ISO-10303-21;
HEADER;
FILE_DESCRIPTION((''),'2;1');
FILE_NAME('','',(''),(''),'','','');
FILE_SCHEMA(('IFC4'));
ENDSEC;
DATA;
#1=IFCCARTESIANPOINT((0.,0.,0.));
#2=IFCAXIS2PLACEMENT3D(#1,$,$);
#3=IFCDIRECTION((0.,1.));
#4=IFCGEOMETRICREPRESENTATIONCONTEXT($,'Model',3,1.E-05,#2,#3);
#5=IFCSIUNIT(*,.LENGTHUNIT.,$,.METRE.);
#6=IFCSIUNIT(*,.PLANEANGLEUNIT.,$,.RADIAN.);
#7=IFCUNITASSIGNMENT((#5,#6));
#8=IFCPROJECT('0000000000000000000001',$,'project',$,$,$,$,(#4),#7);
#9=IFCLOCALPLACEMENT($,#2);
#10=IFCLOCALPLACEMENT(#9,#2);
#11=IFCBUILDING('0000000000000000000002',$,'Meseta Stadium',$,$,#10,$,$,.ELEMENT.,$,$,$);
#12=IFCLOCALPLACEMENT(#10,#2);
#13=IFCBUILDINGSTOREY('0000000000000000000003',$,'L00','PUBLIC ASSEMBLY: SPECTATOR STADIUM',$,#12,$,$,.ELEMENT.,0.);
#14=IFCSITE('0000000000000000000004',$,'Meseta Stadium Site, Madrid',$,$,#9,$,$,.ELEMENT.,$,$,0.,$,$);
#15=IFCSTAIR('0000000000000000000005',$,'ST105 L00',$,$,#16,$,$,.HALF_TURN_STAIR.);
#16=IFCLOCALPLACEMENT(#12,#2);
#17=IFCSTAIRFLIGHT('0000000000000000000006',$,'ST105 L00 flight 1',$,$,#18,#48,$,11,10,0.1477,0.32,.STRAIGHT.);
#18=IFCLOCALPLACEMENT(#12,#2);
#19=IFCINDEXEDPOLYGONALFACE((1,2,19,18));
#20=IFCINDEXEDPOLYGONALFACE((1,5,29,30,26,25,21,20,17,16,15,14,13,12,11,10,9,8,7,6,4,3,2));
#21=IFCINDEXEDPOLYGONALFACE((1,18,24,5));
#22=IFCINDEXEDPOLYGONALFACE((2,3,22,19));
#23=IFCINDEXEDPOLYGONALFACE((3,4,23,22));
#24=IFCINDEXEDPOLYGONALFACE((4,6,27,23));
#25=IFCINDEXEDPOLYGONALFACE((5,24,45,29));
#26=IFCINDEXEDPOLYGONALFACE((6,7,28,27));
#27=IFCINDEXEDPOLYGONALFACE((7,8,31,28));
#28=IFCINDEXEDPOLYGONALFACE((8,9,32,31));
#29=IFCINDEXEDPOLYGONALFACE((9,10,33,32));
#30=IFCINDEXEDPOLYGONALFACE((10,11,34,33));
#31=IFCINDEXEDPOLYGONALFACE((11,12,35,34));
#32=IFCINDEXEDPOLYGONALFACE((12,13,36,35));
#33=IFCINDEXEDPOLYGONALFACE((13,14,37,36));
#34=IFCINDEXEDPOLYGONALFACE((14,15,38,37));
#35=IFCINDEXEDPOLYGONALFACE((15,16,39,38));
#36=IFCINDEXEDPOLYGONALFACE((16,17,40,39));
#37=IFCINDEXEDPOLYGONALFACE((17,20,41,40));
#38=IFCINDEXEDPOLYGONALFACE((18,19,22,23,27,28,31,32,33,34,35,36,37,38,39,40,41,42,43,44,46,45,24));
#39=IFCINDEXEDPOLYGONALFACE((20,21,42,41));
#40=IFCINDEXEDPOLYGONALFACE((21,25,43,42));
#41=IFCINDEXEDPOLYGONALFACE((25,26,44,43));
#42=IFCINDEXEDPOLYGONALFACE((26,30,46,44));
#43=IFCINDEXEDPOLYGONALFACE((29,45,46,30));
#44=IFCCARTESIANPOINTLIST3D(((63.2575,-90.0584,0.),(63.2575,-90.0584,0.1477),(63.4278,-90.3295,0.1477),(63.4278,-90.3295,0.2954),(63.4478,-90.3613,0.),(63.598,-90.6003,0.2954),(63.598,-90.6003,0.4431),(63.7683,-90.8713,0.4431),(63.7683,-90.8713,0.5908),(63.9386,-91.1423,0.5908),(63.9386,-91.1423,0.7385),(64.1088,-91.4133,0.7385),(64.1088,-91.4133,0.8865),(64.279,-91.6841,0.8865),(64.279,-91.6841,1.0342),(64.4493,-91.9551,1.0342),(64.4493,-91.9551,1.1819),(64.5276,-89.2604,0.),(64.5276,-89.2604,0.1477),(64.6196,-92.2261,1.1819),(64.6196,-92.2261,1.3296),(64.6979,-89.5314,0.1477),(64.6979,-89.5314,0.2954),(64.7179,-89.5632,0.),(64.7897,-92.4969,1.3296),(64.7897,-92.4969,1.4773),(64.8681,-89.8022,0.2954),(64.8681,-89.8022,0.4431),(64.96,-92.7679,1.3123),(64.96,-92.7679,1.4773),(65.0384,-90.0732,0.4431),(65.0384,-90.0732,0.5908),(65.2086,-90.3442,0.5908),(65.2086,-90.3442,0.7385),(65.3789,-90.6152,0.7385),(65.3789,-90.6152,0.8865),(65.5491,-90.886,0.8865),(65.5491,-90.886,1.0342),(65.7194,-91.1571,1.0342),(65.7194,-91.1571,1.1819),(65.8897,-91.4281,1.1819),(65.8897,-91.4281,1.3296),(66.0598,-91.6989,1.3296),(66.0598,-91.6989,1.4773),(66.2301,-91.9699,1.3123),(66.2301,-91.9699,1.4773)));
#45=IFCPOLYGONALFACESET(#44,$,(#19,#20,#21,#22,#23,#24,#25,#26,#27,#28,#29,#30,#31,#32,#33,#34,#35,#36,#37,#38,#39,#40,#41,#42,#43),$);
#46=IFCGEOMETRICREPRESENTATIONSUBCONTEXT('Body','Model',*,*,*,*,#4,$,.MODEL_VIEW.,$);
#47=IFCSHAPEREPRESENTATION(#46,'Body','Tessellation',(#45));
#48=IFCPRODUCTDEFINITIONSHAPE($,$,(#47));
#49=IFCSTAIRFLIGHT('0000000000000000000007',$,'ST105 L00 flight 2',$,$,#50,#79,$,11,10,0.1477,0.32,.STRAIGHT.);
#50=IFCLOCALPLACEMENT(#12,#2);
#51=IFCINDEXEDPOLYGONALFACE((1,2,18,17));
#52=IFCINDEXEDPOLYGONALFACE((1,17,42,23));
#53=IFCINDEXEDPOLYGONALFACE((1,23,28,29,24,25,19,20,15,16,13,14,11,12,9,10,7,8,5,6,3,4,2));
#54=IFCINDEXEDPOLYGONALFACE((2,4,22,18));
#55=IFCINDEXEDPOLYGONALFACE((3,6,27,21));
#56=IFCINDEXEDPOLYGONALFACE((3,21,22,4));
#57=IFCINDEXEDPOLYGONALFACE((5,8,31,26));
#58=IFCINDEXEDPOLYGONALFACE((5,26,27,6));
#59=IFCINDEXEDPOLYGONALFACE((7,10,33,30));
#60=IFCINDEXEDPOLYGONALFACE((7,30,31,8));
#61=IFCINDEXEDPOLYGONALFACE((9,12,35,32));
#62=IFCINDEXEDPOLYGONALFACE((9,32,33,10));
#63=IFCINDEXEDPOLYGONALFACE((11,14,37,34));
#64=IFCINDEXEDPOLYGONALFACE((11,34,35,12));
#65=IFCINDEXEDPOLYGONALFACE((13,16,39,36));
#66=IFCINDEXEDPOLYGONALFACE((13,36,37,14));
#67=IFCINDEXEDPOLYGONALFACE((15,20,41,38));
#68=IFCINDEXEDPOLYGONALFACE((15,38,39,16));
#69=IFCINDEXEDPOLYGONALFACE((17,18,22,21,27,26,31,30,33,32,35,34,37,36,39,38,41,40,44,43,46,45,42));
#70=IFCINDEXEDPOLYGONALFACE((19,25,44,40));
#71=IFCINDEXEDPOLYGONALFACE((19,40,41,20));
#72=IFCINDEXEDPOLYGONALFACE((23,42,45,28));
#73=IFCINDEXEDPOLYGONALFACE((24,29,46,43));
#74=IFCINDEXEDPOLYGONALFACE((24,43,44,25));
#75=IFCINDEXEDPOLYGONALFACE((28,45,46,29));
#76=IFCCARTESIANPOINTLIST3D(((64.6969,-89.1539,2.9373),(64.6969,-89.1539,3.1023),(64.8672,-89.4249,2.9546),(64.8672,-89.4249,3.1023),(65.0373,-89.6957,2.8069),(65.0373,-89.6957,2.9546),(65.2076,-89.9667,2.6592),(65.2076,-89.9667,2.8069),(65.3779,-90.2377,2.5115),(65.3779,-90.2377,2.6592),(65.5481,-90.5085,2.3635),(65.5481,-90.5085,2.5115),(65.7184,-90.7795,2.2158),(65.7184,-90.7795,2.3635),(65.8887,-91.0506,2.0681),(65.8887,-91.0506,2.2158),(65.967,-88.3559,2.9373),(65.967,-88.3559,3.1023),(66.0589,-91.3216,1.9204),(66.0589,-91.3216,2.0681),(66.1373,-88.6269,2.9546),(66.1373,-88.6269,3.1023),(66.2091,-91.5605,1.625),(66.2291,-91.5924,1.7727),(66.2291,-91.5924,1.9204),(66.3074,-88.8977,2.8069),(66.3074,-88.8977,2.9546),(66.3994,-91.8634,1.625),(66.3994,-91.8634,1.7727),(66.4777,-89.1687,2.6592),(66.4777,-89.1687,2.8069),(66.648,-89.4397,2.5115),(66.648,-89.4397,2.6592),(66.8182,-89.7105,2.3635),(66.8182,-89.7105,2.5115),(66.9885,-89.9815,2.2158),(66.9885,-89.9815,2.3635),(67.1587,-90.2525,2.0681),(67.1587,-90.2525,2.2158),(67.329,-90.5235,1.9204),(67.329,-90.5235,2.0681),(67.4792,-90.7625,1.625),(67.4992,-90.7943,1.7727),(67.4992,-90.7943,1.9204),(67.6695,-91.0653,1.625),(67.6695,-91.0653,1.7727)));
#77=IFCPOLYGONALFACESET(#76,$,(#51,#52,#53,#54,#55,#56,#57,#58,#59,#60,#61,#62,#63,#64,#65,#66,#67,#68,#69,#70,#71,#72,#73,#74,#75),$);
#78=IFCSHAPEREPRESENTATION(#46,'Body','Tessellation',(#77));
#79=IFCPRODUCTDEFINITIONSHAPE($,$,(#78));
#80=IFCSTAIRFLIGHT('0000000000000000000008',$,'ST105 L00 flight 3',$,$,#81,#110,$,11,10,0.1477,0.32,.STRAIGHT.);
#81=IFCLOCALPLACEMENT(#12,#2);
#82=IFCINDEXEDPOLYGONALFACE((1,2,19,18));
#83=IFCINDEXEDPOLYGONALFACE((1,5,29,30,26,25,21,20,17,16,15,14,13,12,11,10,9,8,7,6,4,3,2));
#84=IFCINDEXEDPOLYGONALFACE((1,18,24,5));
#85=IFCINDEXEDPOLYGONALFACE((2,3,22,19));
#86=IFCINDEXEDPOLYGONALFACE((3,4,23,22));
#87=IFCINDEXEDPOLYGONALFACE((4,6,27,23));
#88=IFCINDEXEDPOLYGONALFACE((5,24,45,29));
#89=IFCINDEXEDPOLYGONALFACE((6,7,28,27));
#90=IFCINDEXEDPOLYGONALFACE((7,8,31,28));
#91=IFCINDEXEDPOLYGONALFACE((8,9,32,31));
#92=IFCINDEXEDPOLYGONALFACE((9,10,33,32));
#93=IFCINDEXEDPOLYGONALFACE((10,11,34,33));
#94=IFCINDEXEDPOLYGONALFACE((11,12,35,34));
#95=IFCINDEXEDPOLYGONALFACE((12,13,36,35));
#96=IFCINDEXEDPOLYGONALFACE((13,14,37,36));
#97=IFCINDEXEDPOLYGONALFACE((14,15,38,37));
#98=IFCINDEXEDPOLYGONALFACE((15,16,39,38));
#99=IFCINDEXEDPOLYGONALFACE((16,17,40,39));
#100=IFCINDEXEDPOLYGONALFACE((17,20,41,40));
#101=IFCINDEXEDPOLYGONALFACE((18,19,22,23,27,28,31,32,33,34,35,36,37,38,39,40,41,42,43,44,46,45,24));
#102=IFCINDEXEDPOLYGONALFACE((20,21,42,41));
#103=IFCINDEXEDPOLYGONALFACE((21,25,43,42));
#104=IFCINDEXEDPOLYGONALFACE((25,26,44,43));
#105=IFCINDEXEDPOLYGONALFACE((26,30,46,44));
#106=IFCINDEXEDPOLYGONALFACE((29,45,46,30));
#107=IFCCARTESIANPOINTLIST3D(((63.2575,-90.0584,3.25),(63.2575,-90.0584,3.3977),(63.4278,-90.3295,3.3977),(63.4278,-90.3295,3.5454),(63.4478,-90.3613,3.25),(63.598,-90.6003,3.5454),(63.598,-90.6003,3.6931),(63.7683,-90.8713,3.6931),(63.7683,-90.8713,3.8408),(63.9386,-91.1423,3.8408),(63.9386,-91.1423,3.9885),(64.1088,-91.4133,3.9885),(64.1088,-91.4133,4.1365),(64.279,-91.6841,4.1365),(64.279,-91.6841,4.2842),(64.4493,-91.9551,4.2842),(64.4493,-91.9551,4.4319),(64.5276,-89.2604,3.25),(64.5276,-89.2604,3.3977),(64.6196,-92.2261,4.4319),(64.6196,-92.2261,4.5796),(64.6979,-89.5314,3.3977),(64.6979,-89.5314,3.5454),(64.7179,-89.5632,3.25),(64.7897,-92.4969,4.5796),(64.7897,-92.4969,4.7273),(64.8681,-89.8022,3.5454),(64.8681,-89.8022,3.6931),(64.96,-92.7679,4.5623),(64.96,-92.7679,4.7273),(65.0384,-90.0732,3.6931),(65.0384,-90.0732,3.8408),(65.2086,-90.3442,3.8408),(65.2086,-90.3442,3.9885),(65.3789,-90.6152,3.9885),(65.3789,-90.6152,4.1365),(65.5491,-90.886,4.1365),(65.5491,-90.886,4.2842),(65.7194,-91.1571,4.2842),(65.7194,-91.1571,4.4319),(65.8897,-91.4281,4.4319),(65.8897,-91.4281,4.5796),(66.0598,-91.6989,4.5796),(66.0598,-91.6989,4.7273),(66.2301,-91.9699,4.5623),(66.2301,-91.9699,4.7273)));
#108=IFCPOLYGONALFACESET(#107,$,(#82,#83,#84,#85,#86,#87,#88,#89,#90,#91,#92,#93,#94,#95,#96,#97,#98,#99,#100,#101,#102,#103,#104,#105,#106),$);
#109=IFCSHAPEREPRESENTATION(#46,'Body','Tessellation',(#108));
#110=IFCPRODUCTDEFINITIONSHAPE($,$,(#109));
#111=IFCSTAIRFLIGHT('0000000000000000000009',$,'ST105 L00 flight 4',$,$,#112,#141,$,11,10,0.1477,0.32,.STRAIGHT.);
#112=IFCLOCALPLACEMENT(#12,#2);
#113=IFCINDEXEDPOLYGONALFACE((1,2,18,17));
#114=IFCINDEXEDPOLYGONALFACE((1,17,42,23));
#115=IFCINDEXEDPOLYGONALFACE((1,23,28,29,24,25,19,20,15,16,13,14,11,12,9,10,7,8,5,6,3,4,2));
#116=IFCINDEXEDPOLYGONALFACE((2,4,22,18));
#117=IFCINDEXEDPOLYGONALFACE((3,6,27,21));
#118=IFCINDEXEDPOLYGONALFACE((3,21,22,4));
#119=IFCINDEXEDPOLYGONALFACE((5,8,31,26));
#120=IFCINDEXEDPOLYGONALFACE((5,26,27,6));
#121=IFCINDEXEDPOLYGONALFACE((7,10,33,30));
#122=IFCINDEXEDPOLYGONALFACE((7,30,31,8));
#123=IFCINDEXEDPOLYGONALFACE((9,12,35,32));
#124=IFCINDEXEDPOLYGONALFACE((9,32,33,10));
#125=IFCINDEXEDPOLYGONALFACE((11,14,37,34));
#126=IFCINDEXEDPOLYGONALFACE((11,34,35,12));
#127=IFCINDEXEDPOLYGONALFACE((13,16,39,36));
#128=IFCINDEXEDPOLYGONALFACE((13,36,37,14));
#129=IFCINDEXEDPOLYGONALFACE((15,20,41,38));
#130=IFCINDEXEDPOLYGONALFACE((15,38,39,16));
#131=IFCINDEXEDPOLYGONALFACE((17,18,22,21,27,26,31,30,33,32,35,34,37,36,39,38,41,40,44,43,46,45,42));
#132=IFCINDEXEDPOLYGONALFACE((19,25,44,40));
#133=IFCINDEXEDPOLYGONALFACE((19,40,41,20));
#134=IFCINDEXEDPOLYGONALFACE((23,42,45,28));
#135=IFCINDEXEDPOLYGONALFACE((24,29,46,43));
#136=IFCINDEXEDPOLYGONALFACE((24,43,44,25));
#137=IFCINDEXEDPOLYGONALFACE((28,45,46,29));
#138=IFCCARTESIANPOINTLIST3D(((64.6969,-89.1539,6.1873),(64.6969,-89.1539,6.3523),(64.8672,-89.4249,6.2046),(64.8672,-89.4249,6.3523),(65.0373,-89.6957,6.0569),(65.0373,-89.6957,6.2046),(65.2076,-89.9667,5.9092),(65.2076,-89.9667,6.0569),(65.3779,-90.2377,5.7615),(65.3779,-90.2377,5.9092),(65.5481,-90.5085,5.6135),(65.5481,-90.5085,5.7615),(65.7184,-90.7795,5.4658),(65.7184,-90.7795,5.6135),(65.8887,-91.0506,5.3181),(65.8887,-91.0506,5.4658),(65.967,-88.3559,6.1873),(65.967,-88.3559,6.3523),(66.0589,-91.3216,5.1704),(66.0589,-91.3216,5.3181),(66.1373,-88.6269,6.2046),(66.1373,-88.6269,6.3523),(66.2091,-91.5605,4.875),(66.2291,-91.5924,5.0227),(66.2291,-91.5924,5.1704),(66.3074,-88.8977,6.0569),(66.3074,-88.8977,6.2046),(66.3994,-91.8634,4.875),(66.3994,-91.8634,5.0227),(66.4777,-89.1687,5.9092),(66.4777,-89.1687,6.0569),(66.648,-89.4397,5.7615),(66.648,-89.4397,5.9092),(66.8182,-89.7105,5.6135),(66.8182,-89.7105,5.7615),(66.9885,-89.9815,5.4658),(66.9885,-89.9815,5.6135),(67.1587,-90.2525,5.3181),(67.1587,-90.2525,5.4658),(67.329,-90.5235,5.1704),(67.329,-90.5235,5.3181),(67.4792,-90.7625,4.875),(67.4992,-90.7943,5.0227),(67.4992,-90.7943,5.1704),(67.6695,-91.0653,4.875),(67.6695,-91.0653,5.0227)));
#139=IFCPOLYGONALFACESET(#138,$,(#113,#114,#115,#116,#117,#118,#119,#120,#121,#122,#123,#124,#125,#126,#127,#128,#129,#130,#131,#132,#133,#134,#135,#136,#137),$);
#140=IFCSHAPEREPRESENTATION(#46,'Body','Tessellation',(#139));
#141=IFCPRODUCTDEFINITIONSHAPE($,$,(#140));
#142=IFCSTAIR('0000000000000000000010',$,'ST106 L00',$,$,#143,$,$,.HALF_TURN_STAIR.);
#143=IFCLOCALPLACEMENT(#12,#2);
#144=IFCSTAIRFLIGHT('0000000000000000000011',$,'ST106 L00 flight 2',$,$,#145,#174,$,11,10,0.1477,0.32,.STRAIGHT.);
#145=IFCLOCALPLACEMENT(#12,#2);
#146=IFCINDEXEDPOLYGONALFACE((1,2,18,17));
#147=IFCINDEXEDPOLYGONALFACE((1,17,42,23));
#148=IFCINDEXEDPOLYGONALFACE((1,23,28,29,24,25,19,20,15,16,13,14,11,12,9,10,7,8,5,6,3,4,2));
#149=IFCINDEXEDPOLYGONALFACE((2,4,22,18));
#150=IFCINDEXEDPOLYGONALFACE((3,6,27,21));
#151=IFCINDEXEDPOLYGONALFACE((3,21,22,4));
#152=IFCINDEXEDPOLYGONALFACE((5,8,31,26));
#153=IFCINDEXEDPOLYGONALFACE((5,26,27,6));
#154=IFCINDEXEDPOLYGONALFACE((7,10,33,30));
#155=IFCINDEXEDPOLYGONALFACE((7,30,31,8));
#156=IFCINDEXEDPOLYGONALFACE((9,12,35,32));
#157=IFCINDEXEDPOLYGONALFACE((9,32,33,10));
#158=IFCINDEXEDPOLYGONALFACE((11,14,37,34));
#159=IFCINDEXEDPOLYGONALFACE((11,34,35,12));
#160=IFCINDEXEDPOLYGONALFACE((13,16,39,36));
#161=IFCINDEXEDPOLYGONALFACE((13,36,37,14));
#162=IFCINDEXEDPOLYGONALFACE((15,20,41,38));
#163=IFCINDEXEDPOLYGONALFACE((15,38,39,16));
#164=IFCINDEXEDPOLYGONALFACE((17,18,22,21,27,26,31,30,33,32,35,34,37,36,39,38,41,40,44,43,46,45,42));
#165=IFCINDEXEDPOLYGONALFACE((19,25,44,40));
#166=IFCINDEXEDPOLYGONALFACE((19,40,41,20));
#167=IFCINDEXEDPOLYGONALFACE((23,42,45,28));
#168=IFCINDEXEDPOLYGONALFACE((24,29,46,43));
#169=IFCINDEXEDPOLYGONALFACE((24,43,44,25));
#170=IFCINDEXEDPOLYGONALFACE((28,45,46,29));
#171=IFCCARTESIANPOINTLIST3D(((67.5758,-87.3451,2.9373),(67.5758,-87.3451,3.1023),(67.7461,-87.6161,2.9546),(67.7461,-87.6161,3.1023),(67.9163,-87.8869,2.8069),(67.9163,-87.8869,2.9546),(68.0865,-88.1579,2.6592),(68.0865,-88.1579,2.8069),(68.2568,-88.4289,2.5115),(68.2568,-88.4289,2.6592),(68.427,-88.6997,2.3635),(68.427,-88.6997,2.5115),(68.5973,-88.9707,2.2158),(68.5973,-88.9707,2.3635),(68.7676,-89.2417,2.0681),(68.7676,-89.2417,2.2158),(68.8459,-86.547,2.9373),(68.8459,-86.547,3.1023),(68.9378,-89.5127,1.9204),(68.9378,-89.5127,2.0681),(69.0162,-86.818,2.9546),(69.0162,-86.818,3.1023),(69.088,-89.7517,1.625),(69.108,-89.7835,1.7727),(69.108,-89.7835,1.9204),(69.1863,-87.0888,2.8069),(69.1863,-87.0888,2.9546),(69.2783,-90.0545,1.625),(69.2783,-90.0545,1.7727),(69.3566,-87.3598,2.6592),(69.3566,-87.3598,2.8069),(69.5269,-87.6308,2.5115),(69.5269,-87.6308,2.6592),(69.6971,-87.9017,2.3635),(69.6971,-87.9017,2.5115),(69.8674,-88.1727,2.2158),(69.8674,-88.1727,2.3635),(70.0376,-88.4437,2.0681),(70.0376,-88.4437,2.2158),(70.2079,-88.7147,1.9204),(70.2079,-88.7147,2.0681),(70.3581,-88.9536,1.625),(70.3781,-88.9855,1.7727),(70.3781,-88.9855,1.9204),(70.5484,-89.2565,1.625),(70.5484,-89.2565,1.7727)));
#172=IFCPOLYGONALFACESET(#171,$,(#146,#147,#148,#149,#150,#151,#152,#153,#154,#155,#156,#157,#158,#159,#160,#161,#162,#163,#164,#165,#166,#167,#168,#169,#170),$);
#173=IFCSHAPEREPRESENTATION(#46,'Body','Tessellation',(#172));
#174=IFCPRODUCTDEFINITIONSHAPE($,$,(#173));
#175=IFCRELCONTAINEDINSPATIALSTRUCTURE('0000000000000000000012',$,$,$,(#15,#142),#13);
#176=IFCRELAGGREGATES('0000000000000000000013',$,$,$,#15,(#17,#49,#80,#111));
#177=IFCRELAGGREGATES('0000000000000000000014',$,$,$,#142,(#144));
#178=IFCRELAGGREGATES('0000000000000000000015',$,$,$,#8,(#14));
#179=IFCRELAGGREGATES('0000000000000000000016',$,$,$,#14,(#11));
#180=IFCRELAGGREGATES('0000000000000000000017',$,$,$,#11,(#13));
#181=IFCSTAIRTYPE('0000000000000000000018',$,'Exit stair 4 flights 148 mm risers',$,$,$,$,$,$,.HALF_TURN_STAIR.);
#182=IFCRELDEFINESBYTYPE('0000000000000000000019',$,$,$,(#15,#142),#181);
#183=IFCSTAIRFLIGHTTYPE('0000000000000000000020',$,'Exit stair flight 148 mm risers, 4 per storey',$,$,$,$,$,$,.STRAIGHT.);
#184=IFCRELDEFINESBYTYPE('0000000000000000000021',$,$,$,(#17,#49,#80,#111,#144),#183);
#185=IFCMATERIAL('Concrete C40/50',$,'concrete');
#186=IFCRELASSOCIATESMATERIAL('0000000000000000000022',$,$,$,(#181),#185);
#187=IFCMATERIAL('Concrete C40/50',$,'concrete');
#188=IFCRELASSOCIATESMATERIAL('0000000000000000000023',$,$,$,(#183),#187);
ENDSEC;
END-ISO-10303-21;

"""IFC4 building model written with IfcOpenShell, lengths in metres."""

from ifc_helpers import new_model, si_unit, direction, frame, origin, place, context, subcontext, project, spatial, polyline, outline, extrude, material, type_object, element, aggregate, save


model = new_model("IFC4")

# Units and contexts
model_context = context("Model", 3, precision=1e-05, world=origin(), true_north=direction((0.0, 1.0)))
body_context = subcontext(model_context, "Body", "Model", "MODEL_VIEW")
ifc_project = project(units=[si_unit("LENGTHUNIT", "METRE"), si_unit("PLANEANGLEUNIT", "RADIAN")], contexts=[model_context])

# Site, building, storey
site_placement = place(None, origin())
site = spatial("IfcSite", under=ifc_project, at=site_placement, Name="Meseta Stadium Site, Madrid", CompositionType="ELEMENT", RefElevation=0.0)
building_placement = place(site_placement, origin())
building = spatial("IfcBuilding", under=site, at=building_placement, Name="Meseta Stadium", CompositionType="ELEMENT")
storey_placement = place(building_placement, origin())
storey = spatial("IfcBuildingStorey", under=building, at=storey_placement, Name="L00", Description="PUBLIC ASSEMBLY: SPECTATOR STADIUM", CompositionType="ELEMENT", Elevation=0.0)

# Stairs, stair flights
ifc_material_1 = material(Name="Concrete C40/50", Category="concrete")
stair_type = type_object("IfcStairType", Name="Exit stair 4 flights 148 mm risers", PredefinedType="HALF_TURN_STAIR", material=ifc_material_1)
stair_1_placement = place(storey_placement, origin())
stair_1 = element("IfcStair", 1, at=stair_1_placement, inside=storey, type_object=stair_type, Name="ST105 L00", PredefinedType="HALF_TURN_STAIR")
ifc_material_2 = material(Name="Concrete C40/50", Category="concrete")
stair_flight_type = type_object("IfcStairFlightType", Name="Exit stair flight 148 mm risers, 4 per storey", PredefinedType="STRAIGHT", material=ifc_material_2)
stair_flight_1_placement = place(storey_placement, frame((63.8926, -89.6594, 0.0), z_axis=(0.0, 0.0, 1.0), x_axis=(0.532032, -0.846724, 0.0)))
stair_flight_1 = element("IfcStairFlight", 2, at=stair_flight_1_placement, type_object=stair_flight_type, Name="ST105 L00 flight 1", NumberOfRisers=11, NumberOfTreads=10, PredefinedType="STRAIGHT", RiserHeight=0.1477, TreadLength=0.32, context=body_context, shape_type="SweptSolid", body=[
    extrude(outline(polyline([(0.0, 0.0), (0.0, 0.1477), (0.3201, 0.1477), (0.3201, 0.2954), (0.6399, 0.2954), (0.6399, 0.4431), (0.96, 0.4431), (0.96, 0.5908), (1.28, 0.5908), (1.28, 0.7385), (1.6001, 0.7385), (1.6001, 0.8865), (1.9199, 0.8865), (1.9199, 1.0342), (2.24, 1.0342), (2.24, 1.1819), (2.5601, 1.1819), (2.5601, 1.3296), (2.8799, 1.3296), (2.8799, 1.4773), (3.2, 1.4773), (3.2, 1.3123), (0.3577, 0.0), (0.0, 0.0)])), frame((0.0, 0.75, 0.0), z_axis=(0.0, -1.0, 0.0), x_axis=(1.0, 0.0, 0.0)), (0.0, 0.0, 1.0), 1.5),
])
stair_flight_2_placement = place(storey_placement, frame((67.0344, -91.4644, 1.625), z_axis=(0.0, 0.0, 1.0), x_axis=(-0.532032, 0.846724, 0.0)))
stair_flight_2 = element("IfcStairFlight", 3, at=stair_flight_2_placement, type_object=stair_flight_type, Name="ST105 L00 flight 2", NumberOfRisers=11, NumberOfTreads=10, PredefinedType="STRAIGHT", RiserHeight=0.1477, TreadLength=0.32, context=body_context, shape_type="SweptSolid", body=[
    extrude(outline(polyline([(0.0, 0.0), (0.0, 0.1477), (0.3201, 0.1477), (0.3201, 0.2954), (0.6399, 0.2954), (0.6399, 0.4431), (0.96, 0.4431), (0.96, 0.5908), (1.28, 0.5908), (1.28, 0.7385), (1.6001, 0.7385), (1.6001, 0.8865), (1.9199, 0.8865), (1.9199, 1.0342), (2.24, 1.0342), (2.24, 1.1819), (2.5601, 1.1819), (2.5601, 1.3296), (2.8799, 1.3296), (2.8799, 1.4773), (3.2, 1.4773), (3.2, 1.3123), (0.3577, 0.0), (0.0, 0.0)])), frame((0.0, 0.75, 0.0), z_axis=(0.0, -1.0, 0.0), x_axis=(1.0, 0.0, 0.0)), (0.0, 0.0, 1.0), 1.5),
])
stair_flight_3_placement = place(storey_placement, frame((63.8926, -89.6594, 3.25), z_axis=(0.0, 0.0, 1.0), x_axis=(0.532032, -0.846724, 0.0)))
stair_flight_3 = element("IfcStairFlight", 4, at=stair_flight_3_placement, type_object=stair_flight_type, Name="ST105 L00 flight 3", NumberOfRisers=11, NumberOfTreads=10, PredefinedType="STRAIGHT", RiserHeight=0.1477, TreadLength=0.32, context=body_context, shape_type="SweptSolid", body=[
    extrude(outline(polyline([(0.0, 0.0), (0.0, 0.1477), (0.3201, 0.1477), (0.3201, 0.2954), (0.6399, 0.2954), (0.6399, 0.4431), (0.96, 0.4431), (0.96, 0.5908), (1.28, 0.5908), (1.28, 0.7385), (1.6001, 0.7385), (1.6001, 0.8865), (1.9199, 0.8865), (1.9199, 1.0342), (2.24, 1.0342), (2.24, 1.1819), (2.5601, 1.1819), (2.5601, 1.3296), (2.8799, 1.3296), (2.8799, 1.4773), (3.2, 1.4773), (3.2, 1.3123), (0.3577, 0.0), (0.0, 0.0)])), frame((0.0, 0.75, 0.0), z_axis=(0.0, -1.0, 0.0), x_axis=(1.0, 0.0, 0.0)), (0.0, 0.0, 1.0), 1.5),
])
stair_flight_4_placement = place(storey_placement, frame((67.0344, -91.4644, 4.875), z_axis=(0.0, 0.0, 1.0), x_axis=(-0.532032, 0.846724, 0.0)))
stair_flight_4 = element("IfcStairFlight", 5, at=stair_flight_4_placement, type_object=stair_flight_type, Name="ST105 L00 flight 4", NumberOfRisers=11, NumberOfTreads=10, PredefinedType="STRAIGHT", RiserHeight=0.1477, TreadLength=0.32, context=body_context, shape_type="SweptSolid", body=[
    extrude(outline(polyline([(0.0, 0.0), (0.0, 0.1477), (0.3201, 0.1477), (0.3201, 0.2954), (0.6399, 0.2954), (0.6399, 0.4431), (0.96, 0.4431), (0.96, 0.5908), (1.28, 0.5908), (1.28, 0.7385), (1.6001, 0.7385), (1.6001, 0.8865), (1.9199, 0.8865), (1.9199, 1.0342), (2.24, 1.0342), (2.24, 1.1819), (2.5601, 1.1819), (2.5601, 1.3296), (2.8799, 1.3296), (2.8799, 1.4773), (3.2, 1.4773), (3.2, 1.3123), (0.3577, 0.0), (0.0, 0.0)])), frame((0.0, 0.75, 0.0), z_axis=(0.0, -1.0, 0.0), x_axis=(1.0, 0.0, 0.0)), (0.0, 0.0, 1.0), 1.5),
])
aggregate(stair_1, [stair_flight_1, stair_flight_2, stair_flight_3, stair_flight_4])
stair_2_placement = place(storey_placement, origin())
stair_2 = element("IfcStair", 6, at=stair_2_placement, inside=storey, type_object=stair_type, Name="ST106 L00", PredefinedType="HALF_TURN_STAIR")
stair_flight_5_placement = place(storey_placement, frame((69.9133, -89.6555, 1.625), z_axis=(0.0, 0.0, 1.0), x_axis=(-0.532032, 0.846724, 0.0)))
stair_flight_5 = element("IfcStairFlight", 7, at=stair_flight_5_placement, type_object=stair_flight_type, Name="ST106 L00 flight 2", NumberOfRisers=11, NumberOfTreads=10, PredefinedType="STRAIGHT", RiserHeight=0.1477, TreadLength=0.32, context=body_context, shape_type="SweptSolid", body=[
    extrude(outline(polyline([(0.0, 0.0), (0.0, 0.1477), (0.3201, 0.1477), (0.3201, 0.2954), (0.6399, 0.2954), (0.6399, 0.4431), (0.96, 0.4431), (0.96, 0.5908), (1.28, 0.5908), (1.28, 0.7385), (1.6001, 0.7385), (1.6001, 0.8865), (1.9199, 0.8865), (1.9199, 1.0342), (2.24, 1.0342), (2.24, 1.1819), (2.5601, 1.1819), (2.5601, 1.3296), (2.8799, 1.3296), (2.8799, 1.4773), (3.2, 1.4773), (3.2, 1.3123), (0.3577, 0.0), (0.0, 0.0)])), frame((0.0, 0.75, 0.0), z_axis=(0.0, -1.0, 0.0), x_axis=(1.0, 0.0, 0.0)), (0.0, 0.0, 1.0), 1.5),
])
aggregate(stair_2, [stair_flight_5])

save(model, "model.ifc")
